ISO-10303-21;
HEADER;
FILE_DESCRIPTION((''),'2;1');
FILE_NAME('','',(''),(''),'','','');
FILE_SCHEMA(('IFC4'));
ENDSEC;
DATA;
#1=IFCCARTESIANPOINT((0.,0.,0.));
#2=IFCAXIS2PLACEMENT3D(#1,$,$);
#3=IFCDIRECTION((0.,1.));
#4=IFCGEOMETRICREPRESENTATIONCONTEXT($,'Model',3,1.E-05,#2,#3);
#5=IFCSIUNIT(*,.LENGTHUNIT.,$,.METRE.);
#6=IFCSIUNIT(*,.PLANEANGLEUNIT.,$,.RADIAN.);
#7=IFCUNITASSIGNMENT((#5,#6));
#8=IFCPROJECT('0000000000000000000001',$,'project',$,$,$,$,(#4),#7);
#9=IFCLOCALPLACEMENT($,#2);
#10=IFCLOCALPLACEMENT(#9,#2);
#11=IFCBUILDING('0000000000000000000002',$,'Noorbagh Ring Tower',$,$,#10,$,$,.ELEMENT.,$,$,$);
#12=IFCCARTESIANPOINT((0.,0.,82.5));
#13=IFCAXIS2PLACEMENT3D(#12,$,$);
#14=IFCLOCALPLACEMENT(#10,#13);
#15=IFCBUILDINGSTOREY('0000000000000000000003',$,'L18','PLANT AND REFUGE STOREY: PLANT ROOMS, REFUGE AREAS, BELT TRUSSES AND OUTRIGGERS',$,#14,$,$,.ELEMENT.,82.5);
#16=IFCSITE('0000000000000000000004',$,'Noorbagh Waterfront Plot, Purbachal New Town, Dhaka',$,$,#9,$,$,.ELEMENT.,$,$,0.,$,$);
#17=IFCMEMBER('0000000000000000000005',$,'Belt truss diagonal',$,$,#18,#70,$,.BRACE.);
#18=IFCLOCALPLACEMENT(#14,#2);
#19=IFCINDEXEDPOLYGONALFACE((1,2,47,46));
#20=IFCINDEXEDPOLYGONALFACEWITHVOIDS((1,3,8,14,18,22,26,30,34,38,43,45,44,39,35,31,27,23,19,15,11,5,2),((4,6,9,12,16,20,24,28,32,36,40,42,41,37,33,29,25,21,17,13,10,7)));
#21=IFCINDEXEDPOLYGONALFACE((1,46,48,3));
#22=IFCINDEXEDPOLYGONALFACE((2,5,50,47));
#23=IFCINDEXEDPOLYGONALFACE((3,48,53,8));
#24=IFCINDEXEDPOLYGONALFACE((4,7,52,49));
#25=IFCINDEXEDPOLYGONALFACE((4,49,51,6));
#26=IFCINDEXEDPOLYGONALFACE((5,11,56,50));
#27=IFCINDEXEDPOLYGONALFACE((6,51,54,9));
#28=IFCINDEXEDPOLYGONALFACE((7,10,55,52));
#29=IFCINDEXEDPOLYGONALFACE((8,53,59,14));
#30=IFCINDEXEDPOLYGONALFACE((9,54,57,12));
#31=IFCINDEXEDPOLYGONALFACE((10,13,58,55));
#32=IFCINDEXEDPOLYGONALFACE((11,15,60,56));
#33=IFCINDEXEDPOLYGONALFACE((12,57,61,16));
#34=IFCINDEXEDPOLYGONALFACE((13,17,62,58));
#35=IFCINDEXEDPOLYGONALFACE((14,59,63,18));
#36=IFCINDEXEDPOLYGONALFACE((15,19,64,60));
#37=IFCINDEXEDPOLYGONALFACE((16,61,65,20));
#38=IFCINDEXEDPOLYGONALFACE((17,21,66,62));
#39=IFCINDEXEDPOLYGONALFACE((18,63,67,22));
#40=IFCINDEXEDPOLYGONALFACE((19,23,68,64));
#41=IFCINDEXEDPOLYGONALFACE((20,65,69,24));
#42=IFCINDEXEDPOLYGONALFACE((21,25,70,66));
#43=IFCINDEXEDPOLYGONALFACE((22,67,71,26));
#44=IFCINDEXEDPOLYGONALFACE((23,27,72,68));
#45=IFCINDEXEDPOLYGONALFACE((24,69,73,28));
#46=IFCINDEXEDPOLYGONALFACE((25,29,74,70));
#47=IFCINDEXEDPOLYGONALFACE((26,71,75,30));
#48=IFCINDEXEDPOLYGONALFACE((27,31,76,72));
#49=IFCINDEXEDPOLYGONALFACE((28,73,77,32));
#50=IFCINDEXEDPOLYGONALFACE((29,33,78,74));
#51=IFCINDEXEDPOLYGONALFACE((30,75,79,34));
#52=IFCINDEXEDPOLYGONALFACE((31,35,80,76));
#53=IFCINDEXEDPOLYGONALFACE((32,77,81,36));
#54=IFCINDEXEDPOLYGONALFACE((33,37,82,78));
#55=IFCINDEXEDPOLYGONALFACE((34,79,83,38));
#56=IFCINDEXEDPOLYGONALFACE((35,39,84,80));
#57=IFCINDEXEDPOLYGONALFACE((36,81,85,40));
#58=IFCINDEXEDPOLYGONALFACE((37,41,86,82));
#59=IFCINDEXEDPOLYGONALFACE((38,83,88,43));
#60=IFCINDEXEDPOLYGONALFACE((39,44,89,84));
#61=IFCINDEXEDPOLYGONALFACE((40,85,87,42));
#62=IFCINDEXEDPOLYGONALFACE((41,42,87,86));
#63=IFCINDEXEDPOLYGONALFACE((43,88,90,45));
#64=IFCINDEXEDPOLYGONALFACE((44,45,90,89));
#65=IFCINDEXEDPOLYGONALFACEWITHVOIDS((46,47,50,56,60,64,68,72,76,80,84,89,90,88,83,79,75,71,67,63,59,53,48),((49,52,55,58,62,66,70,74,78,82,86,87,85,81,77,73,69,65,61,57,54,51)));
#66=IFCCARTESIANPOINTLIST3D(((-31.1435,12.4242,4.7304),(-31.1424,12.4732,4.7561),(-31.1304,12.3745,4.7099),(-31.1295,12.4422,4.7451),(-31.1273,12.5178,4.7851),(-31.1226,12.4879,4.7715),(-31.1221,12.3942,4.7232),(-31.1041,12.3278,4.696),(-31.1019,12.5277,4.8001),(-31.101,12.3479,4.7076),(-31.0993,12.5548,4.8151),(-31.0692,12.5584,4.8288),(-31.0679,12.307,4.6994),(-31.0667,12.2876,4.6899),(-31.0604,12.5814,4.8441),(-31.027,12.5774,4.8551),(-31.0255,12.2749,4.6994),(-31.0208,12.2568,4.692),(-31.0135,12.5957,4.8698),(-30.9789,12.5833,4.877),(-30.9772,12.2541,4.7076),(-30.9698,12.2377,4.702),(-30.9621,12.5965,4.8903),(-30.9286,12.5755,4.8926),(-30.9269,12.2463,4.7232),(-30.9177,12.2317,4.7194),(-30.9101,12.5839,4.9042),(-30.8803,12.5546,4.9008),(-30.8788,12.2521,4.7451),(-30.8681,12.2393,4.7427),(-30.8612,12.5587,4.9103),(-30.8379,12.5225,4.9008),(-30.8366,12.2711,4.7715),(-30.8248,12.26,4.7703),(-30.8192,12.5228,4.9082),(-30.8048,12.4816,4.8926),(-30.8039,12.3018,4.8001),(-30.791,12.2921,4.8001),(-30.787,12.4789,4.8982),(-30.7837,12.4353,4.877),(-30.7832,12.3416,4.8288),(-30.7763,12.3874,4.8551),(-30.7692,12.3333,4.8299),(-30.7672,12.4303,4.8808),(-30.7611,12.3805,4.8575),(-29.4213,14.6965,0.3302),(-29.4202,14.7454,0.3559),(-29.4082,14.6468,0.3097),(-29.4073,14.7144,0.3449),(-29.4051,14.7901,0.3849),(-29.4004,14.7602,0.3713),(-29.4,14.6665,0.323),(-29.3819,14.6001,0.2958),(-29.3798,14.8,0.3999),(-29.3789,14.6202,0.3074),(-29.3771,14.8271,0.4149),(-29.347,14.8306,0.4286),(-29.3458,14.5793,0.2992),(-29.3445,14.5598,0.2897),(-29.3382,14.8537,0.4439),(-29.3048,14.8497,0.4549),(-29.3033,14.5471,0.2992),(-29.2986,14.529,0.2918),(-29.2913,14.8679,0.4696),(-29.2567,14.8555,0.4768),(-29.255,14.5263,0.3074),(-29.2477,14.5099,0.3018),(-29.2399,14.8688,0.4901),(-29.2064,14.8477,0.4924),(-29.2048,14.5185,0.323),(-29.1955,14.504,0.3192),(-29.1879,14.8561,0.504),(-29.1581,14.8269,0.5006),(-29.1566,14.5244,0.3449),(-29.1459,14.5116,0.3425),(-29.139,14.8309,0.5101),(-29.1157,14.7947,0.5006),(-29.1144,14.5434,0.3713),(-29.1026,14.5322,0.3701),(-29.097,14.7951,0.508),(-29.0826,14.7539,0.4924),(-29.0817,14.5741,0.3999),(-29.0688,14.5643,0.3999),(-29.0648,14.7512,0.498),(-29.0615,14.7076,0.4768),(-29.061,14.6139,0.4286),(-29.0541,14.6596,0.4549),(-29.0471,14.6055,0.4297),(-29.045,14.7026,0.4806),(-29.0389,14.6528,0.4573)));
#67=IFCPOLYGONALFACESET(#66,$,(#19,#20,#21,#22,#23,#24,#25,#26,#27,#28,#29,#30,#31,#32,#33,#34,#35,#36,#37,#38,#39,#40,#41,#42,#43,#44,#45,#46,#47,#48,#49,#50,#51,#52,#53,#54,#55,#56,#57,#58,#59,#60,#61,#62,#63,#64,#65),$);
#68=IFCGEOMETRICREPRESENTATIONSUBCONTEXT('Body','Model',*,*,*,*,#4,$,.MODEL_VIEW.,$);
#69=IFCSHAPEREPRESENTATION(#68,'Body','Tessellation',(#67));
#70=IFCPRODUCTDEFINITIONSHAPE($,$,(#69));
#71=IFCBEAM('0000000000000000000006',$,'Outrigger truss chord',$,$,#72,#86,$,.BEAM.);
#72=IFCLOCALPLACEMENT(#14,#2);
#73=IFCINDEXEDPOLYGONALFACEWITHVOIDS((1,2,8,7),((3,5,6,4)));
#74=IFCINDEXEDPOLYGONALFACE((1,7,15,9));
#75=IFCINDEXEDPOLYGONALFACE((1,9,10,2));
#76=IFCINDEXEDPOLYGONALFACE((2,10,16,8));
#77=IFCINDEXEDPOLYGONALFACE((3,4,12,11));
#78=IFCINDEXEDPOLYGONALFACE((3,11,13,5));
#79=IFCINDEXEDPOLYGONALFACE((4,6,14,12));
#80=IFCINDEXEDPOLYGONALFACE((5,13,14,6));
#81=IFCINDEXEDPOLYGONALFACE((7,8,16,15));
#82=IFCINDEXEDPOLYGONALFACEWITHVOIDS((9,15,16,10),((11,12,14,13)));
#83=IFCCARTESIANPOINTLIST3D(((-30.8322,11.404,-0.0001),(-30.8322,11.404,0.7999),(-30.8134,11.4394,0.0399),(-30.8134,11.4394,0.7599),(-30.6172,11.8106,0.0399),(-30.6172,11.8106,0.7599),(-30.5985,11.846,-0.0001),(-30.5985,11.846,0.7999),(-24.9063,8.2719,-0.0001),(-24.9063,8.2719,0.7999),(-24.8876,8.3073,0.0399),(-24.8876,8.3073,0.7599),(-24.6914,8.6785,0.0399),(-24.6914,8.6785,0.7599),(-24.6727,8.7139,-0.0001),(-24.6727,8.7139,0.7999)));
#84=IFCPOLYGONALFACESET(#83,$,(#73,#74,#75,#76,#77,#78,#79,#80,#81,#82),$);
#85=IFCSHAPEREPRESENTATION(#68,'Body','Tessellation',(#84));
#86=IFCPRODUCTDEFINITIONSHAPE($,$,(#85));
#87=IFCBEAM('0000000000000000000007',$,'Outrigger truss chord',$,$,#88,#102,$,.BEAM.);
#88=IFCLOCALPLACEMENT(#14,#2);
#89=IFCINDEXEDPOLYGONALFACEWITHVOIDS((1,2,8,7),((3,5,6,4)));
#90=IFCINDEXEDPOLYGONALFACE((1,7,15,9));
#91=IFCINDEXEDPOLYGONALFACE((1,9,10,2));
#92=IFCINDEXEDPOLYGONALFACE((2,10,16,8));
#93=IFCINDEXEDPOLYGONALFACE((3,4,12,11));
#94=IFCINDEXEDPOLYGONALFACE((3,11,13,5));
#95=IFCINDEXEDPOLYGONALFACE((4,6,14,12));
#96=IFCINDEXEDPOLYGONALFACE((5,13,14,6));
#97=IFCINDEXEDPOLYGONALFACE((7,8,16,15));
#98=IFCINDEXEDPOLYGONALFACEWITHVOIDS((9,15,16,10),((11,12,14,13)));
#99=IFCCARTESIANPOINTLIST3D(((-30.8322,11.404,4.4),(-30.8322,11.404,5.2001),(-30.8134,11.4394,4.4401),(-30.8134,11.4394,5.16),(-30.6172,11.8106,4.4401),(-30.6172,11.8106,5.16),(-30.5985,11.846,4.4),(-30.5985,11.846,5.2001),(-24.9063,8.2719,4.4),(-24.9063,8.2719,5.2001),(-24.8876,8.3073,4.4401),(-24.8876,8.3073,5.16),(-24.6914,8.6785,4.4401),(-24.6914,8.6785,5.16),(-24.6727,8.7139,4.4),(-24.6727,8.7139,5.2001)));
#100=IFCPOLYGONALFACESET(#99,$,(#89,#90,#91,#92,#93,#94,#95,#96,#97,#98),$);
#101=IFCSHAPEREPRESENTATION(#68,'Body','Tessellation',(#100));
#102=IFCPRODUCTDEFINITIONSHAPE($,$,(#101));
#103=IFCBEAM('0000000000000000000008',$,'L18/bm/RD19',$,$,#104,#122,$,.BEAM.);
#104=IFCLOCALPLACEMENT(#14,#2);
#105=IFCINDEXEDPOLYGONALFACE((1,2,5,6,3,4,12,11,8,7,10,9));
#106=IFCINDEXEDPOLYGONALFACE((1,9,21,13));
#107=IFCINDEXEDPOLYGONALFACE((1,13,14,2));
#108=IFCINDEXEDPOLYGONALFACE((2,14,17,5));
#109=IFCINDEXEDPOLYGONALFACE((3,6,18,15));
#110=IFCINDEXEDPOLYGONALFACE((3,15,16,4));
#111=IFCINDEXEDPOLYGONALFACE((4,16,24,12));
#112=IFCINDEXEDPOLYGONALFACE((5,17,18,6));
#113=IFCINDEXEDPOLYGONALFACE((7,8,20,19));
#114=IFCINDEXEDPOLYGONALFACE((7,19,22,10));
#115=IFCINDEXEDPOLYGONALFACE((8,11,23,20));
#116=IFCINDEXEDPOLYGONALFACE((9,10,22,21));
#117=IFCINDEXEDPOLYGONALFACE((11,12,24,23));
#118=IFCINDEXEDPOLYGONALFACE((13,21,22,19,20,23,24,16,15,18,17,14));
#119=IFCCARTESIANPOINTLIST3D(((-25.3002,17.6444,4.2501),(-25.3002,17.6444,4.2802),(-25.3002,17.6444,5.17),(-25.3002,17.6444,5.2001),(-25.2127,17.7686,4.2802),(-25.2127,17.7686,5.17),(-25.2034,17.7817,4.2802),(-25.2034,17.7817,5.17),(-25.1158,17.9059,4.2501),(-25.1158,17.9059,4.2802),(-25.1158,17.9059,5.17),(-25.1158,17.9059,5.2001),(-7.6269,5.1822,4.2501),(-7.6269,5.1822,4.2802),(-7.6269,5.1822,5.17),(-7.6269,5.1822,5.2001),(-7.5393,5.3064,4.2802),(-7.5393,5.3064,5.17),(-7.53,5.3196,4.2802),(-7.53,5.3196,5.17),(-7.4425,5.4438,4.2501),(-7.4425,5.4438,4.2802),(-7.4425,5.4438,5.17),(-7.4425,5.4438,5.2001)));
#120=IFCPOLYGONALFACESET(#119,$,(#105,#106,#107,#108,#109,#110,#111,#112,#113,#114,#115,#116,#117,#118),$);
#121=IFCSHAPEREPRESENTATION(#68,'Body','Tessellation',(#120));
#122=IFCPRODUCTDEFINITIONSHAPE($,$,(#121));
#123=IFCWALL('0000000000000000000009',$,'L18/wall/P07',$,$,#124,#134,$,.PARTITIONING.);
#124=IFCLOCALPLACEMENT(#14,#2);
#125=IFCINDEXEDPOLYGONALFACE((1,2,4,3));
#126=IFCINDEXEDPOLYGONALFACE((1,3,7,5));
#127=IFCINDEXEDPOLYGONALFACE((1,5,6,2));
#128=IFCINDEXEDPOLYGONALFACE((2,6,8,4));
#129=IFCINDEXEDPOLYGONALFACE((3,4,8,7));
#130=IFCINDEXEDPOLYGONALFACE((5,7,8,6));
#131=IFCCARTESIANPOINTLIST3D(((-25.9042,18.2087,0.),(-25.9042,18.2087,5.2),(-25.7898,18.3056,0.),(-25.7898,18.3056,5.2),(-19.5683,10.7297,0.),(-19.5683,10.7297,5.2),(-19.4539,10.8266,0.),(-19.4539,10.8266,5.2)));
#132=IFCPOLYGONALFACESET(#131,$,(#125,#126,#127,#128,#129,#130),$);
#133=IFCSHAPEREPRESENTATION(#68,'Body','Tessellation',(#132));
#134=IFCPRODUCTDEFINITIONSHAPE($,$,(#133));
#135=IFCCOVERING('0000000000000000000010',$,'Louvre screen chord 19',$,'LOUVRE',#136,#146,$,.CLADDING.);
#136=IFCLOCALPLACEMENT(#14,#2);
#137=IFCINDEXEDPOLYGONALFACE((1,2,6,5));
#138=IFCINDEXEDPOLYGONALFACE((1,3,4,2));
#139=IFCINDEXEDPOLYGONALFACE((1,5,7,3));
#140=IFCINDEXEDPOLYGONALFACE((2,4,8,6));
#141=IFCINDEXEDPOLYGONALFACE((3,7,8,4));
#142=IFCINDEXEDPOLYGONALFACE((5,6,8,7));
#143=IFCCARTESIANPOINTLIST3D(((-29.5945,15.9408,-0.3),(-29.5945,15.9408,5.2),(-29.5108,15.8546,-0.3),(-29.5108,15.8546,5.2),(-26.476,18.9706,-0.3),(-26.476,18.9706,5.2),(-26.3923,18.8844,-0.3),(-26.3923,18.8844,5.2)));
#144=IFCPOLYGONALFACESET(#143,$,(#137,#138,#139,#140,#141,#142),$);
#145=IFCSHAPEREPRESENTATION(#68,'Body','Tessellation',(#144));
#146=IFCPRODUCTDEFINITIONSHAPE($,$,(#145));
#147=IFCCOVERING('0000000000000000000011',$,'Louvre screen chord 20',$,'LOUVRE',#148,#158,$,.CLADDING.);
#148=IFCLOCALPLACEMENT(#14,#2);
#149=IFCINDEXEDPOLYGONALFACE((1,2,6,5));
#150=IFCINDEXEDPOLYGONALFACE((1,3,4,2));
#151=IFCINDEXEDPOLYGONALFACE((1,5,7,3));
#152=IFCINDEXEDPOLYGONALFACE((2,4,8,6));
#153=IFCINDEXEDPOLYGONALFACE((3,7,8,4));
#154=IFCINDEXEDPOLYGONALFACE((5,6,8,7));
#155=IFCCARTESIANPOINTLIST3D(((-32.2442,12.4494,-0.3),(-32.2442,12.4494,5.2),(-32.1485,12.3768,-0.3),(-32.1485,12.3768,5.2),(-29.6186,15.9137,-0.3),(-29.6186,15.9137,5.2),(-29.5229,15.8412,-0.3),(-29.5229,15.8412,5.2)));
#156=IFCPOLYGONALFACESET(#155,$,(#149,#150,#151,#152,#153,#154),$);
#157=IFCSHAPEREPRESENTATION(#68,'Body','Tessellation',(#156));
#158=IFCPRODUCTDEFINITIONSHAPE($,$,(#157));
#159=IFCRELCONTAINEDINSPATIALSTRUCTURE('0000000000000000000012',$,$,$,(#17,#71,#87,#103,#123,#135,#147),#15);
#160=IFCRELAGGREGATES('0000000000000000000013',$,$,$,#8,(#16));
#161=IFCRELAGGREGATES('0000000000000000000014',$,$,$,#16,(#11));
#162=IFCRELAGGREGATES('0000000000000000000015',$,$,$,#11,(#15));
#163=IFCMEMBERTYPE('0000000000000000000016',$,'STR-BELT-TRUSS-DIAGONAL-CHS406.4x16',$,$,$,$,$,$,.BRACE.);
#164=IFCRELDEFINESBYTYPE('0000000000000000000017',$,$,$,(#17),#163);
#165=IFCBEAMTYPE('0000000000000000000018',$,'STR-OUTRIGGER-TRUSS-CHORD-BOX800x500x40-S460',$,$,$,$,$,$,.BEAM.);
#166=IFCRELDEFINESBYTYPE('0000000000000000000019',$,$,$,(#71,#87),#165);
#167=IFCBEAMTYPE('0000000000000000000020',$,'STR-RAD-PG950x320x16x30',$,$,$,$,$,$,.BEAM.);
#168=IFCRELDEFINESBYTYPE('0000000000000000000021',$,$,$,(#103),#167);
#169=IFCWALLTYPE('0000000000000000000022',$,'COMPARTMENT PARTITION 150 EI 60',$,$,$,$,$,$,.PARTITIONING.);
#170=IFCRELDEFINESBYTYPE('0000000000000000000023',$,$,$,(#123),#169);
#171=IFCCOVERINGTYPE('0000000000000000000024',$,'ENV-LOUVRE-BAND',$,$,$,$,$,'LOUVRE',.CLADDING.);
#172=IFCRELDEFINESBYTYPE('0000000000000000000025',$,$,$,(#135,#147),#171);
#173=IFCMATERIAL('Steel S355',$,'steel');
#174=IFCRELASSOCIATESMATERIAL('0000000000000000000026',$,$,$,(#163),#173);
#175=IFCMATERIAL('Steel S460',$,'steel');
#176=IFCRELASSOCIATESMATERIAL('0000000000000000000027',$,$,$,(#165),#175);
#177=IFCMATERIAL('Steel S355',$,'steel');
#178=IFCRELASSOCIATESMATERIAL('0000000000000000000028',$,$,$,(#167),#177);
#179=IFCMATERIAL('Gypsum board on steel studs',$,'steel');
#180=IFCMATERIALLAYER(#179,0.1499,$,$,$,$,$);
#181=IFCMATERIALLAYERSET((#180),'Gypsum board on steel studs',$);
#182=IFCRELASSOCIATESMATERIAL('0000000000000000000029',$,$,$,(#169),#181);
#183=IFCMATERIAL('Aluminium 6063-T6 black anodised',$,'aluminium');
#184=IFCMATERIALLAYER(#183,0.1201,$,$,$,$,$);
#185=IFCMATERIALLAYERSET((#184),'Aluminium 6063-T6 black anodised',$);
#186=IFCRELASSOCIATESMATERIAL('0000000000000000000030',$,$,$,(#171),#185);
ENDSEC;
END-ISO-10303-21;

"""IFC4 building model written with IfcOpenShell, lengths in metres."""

from ifc_helpers import new_model, si_unit, direction, frame, frame_2d, origin, origin_2d, place, context, subcontext, project, spatial, rectangle, hollow_rectangle, hollow_circle, i_section, extrude, material, layer, layer_set, material_profile, profile_set, type_object, element, save


model = new_model("IFC4")

# Units and contexts
model_context = context("Model", 3, precision=1e-05, world=origin(), true_north=direction((0.0, 1.0)))
body_context = subcontext(model_context, "Body", "Model", "MODEL_VIEW")
ifc_project = project(units=[si_unit("LENGTHUNIT", "METRE"), si_unit("PLANEANGLEUNIT", "RADIAN")], contexts=[model_context])

# Site, building, storey
site_placement = place(None, origin())
site = spatial("IfcSite", under=ifc_project, at=site_placement, Name="Noorbagh Waterfront Plot, Purbachal New Town, Dhaka", CompositionType="ELEMENT", RefElevation=0.0)
building_placement = place(site_placement, origin())
building = spatial("IfcBuilding", under=site, at=building_placement, Name="Noorbagh Ring Tower", CompositionType="ELEMENT")
storey_placement = place(building_placement, frame((0.0, 0.0, 82.5)))
storey = spatial("IfcBuildingStorey", under=building, at=storey_placement, Name="L18", Description="PLANT AND REFUGE STOREY: PLANT ROOMS, REFUGE AREAS, BELT TRUSSES AND OUTRIGGERS", CompositionType="ELEMENT", Elevation=82.5)

# Member
ifc_material_1 = material(Name="Steel S355", Category="steel")
ifc_material_profile_1 = material_profile(ifc_material_1, hollow_circle(Radius=0.2031, WallThickness=0.0161, at=origin_2d()), Name="CHS406.4x16")
ifc_profile_set_1 = profile_set([ifc_material_profile_1], Name="Steel S355")
member_type = type_object("IfcMemberType", Name="STR-BELT-TRUSS-DIAGONAL-CHS406.4x16", PredefinedType="BRACE", material=ifc_profile_set_1)
member_1_placement = place(storey_placement, frame((-29.2307, 14.687, 0.3999), z_axis=(-0.328464, -0.433373, 0.839226), x_axis=(0.796958, -0.604034, 0.0)))
element("IfcMember", 1, at=member_1_placement, inside=storey, type_object=member_type, Name="Belt truss diagonal", PredefinedType="BRACE", context=body_context, shape_type="SweptSolid", body=[
    extrude(hollow_circle(Radius=0.2031, WallThickness=0.0161, at=origin_2d()), origin(), (0.0, 0.0, 1.0), 5.2432),
])

# Beams
ifc_material_2 = material(Name="Steel S460", Category="steel")
ifc_material_profile_2 = material_profile(ifc_material_2, hollow_rectangle(XDim=0.5, YDim=0.8, WallThickness=0.04, at=origin_2d()), Name="BOX800x500x40")
ifc_profile_set_2 = profile_set([ifc_material_profile_2], Name="Steel S460")
beam_type_1 = type_object("IfcBeamType", Name="STR-OUTRIGGER-TRUSS-CHORD-BOX800x500x40-S460", PredefinedType="BEAM", material=ifc_profile_set_2)
for number, where, z_axis, x_axis, name in (
    (2, (-30.7153, 11.625, 0.3999), (0.884102, -0.467293, 0.0), (0.467293, 0.884102, 0.0), "Outrigger truss chord"),
    (3, (-30.7153, 11.625, 4.8), (0.884102, -0.467293, 0.0), (0.467293, 0.884102, 0.0), "Outrigger truss chord"),
):
    element("IfcBeam", number, at=place(storey_placement, frame(where, z_axis=z_axis, x_axis=x_axis)), inside=storey, type_object=beam_type_1, Name=name, PredefinedType="BEAM", context=body_context, shape_type="SweptSolid", body=[
        extrude(hollow_rectangle(XDim=0.5, YDim=0.8, WallThickness=0.04, at=origin_2d()), origin(), (0.0, 0.0, 1.0), 6.7026),
    ])
ifc_material_3 = material(Name="Steel S355", Category="steel")
ifc_material_profile_3 = material_profile(ifc_material_3, i_section(OverallWidth=0.3201, OverallDepth=0.95, WebThickness=0.0161, FlangeThickness=0.03, at=origin_2d()), Name="PG950x320x16x30")
ifc_profile_set_3 = profile_set([ifc_material_profile_3], Name="Steel S355")
beam_type_2 = type_object("IfcBeamType", Name="STR-RAD-PG950x320x16x30", PredefinedType="BEAM", material=ifc_profile_set_3)
beam_placement = place(storey_placement, frame((-25.208, 17.7751, 4.7251), z_axis=(0.817254, -0.576278, 0.0), x_axis=(0.576278, 0.817254, 0.0)))
element("IfcBeam", 4, at=beam_placement, inside=storey, type_object=beam_type_2, Name="L18/bm/RD19", PredefinedType="BEAM", context=body_context, shape_type="SweptSolid", body=[
    extrude(i_section(OverallWidth=0.3201, OverallDepth=0.95, WebThickness=0.0161, FlangeThickness=0.03, at=origin_2d()), origin(), (0.0, 0.0, 1.0), 21.6252),
])

# Wall
ifc_material_4 = material(Name="Gypsum board on steel studs", Category="steel")
ifc_layer_1 = layer(ifc_material_4, 0.1499)
ifc_layer_set_1 = layer_set([ifc_layer_1], Name="Gypsum board on steel studs")
wall_type = type_object("IfcWallType", Name="COMPARTMENT PARTITION 150 EI 60", PredefinedType="PARTITIONING", material=ifc_layer_set_1)
wall_placement = place(storey_placement, frame((-25.8469, 18.2571, 0.0), z_axis=(0.0, 0.0, 1.0), x_axis=(0.646391, -0.763006, 0.0)))
element("IfcWall", 5, at=wall_placement, inside=storey, type_object=wall_type, Name="L18/wall/P07", PredefinedType="PARTITIONING", context=body_context, shape_type="SweptSolid", body=[
    extrude(rectangle(XDim=9.802, YDim=0.1499, at=frame_2d((4.9009, 0.0))), origin(), (0.0, 0.0, 1.0), 5.2),
])

# Coverings
ifc_material_5 = material(Name="Aluminium 6063-T6 black anodised", Category="aluminium")
ifc_layer_2 = layer(ifc_material_5, 0.1201)
ifc_layer_set_2 = layer_set([ifc_layer_2], Name="Aluminium 6063-T6 black anodised")
covering_type_1 = type_object("IfcCoveringType", Name="ENV-LOUVRE-BAND", ElementType="LOUVRE", PredefinedType="CLADDING", material=ifc_layer_set_2)
covering_1_placement = place(storey_placement, frame((-27.9934, 17.4126, -0.3), z_axis=(0.0, 0.0, 1.0), x_axis=(-0.717225, -0.696842, 0.0)))
element("IfcCovering", 6, at=covering_1_placement, inside=storey, type_object=covering_type_1, Name="Louvre screen chord 19", ObjectType="LOUVRE", PredefinedType="CLADDING", context=body_context, shape_type="SweptSolid", body=[
    extrude(rectangle(XDim=4.3479, YDim=0.1201, at=origin_2d()), origin(), (0.0, 0.0, 1.0), 5.5),
])
covering_2_placement = place(storey_placement, frame((-30.8835, 14.1453, -0.3), z_axis=(0.0, 0.0, 1.0), x_axis=(-0.60402, -0.796969, 0.0)))
element("IfcCovering", 7, at=covering_2_placement, inside=storey, type_object=covering_type_1, Name="Louvre screen chord 20", ObjectType="LOUVRE", PredefinedType="CLADDING", context=body_context, shape_type="SweptSolid", body=[
    extrude(rectangle(XDim=4.3469, YDim=0.1201, at=origin_2d()), origin(), (0.0, 0.0, 1.0), 5.5),
])

save(model, "model.ifc")
